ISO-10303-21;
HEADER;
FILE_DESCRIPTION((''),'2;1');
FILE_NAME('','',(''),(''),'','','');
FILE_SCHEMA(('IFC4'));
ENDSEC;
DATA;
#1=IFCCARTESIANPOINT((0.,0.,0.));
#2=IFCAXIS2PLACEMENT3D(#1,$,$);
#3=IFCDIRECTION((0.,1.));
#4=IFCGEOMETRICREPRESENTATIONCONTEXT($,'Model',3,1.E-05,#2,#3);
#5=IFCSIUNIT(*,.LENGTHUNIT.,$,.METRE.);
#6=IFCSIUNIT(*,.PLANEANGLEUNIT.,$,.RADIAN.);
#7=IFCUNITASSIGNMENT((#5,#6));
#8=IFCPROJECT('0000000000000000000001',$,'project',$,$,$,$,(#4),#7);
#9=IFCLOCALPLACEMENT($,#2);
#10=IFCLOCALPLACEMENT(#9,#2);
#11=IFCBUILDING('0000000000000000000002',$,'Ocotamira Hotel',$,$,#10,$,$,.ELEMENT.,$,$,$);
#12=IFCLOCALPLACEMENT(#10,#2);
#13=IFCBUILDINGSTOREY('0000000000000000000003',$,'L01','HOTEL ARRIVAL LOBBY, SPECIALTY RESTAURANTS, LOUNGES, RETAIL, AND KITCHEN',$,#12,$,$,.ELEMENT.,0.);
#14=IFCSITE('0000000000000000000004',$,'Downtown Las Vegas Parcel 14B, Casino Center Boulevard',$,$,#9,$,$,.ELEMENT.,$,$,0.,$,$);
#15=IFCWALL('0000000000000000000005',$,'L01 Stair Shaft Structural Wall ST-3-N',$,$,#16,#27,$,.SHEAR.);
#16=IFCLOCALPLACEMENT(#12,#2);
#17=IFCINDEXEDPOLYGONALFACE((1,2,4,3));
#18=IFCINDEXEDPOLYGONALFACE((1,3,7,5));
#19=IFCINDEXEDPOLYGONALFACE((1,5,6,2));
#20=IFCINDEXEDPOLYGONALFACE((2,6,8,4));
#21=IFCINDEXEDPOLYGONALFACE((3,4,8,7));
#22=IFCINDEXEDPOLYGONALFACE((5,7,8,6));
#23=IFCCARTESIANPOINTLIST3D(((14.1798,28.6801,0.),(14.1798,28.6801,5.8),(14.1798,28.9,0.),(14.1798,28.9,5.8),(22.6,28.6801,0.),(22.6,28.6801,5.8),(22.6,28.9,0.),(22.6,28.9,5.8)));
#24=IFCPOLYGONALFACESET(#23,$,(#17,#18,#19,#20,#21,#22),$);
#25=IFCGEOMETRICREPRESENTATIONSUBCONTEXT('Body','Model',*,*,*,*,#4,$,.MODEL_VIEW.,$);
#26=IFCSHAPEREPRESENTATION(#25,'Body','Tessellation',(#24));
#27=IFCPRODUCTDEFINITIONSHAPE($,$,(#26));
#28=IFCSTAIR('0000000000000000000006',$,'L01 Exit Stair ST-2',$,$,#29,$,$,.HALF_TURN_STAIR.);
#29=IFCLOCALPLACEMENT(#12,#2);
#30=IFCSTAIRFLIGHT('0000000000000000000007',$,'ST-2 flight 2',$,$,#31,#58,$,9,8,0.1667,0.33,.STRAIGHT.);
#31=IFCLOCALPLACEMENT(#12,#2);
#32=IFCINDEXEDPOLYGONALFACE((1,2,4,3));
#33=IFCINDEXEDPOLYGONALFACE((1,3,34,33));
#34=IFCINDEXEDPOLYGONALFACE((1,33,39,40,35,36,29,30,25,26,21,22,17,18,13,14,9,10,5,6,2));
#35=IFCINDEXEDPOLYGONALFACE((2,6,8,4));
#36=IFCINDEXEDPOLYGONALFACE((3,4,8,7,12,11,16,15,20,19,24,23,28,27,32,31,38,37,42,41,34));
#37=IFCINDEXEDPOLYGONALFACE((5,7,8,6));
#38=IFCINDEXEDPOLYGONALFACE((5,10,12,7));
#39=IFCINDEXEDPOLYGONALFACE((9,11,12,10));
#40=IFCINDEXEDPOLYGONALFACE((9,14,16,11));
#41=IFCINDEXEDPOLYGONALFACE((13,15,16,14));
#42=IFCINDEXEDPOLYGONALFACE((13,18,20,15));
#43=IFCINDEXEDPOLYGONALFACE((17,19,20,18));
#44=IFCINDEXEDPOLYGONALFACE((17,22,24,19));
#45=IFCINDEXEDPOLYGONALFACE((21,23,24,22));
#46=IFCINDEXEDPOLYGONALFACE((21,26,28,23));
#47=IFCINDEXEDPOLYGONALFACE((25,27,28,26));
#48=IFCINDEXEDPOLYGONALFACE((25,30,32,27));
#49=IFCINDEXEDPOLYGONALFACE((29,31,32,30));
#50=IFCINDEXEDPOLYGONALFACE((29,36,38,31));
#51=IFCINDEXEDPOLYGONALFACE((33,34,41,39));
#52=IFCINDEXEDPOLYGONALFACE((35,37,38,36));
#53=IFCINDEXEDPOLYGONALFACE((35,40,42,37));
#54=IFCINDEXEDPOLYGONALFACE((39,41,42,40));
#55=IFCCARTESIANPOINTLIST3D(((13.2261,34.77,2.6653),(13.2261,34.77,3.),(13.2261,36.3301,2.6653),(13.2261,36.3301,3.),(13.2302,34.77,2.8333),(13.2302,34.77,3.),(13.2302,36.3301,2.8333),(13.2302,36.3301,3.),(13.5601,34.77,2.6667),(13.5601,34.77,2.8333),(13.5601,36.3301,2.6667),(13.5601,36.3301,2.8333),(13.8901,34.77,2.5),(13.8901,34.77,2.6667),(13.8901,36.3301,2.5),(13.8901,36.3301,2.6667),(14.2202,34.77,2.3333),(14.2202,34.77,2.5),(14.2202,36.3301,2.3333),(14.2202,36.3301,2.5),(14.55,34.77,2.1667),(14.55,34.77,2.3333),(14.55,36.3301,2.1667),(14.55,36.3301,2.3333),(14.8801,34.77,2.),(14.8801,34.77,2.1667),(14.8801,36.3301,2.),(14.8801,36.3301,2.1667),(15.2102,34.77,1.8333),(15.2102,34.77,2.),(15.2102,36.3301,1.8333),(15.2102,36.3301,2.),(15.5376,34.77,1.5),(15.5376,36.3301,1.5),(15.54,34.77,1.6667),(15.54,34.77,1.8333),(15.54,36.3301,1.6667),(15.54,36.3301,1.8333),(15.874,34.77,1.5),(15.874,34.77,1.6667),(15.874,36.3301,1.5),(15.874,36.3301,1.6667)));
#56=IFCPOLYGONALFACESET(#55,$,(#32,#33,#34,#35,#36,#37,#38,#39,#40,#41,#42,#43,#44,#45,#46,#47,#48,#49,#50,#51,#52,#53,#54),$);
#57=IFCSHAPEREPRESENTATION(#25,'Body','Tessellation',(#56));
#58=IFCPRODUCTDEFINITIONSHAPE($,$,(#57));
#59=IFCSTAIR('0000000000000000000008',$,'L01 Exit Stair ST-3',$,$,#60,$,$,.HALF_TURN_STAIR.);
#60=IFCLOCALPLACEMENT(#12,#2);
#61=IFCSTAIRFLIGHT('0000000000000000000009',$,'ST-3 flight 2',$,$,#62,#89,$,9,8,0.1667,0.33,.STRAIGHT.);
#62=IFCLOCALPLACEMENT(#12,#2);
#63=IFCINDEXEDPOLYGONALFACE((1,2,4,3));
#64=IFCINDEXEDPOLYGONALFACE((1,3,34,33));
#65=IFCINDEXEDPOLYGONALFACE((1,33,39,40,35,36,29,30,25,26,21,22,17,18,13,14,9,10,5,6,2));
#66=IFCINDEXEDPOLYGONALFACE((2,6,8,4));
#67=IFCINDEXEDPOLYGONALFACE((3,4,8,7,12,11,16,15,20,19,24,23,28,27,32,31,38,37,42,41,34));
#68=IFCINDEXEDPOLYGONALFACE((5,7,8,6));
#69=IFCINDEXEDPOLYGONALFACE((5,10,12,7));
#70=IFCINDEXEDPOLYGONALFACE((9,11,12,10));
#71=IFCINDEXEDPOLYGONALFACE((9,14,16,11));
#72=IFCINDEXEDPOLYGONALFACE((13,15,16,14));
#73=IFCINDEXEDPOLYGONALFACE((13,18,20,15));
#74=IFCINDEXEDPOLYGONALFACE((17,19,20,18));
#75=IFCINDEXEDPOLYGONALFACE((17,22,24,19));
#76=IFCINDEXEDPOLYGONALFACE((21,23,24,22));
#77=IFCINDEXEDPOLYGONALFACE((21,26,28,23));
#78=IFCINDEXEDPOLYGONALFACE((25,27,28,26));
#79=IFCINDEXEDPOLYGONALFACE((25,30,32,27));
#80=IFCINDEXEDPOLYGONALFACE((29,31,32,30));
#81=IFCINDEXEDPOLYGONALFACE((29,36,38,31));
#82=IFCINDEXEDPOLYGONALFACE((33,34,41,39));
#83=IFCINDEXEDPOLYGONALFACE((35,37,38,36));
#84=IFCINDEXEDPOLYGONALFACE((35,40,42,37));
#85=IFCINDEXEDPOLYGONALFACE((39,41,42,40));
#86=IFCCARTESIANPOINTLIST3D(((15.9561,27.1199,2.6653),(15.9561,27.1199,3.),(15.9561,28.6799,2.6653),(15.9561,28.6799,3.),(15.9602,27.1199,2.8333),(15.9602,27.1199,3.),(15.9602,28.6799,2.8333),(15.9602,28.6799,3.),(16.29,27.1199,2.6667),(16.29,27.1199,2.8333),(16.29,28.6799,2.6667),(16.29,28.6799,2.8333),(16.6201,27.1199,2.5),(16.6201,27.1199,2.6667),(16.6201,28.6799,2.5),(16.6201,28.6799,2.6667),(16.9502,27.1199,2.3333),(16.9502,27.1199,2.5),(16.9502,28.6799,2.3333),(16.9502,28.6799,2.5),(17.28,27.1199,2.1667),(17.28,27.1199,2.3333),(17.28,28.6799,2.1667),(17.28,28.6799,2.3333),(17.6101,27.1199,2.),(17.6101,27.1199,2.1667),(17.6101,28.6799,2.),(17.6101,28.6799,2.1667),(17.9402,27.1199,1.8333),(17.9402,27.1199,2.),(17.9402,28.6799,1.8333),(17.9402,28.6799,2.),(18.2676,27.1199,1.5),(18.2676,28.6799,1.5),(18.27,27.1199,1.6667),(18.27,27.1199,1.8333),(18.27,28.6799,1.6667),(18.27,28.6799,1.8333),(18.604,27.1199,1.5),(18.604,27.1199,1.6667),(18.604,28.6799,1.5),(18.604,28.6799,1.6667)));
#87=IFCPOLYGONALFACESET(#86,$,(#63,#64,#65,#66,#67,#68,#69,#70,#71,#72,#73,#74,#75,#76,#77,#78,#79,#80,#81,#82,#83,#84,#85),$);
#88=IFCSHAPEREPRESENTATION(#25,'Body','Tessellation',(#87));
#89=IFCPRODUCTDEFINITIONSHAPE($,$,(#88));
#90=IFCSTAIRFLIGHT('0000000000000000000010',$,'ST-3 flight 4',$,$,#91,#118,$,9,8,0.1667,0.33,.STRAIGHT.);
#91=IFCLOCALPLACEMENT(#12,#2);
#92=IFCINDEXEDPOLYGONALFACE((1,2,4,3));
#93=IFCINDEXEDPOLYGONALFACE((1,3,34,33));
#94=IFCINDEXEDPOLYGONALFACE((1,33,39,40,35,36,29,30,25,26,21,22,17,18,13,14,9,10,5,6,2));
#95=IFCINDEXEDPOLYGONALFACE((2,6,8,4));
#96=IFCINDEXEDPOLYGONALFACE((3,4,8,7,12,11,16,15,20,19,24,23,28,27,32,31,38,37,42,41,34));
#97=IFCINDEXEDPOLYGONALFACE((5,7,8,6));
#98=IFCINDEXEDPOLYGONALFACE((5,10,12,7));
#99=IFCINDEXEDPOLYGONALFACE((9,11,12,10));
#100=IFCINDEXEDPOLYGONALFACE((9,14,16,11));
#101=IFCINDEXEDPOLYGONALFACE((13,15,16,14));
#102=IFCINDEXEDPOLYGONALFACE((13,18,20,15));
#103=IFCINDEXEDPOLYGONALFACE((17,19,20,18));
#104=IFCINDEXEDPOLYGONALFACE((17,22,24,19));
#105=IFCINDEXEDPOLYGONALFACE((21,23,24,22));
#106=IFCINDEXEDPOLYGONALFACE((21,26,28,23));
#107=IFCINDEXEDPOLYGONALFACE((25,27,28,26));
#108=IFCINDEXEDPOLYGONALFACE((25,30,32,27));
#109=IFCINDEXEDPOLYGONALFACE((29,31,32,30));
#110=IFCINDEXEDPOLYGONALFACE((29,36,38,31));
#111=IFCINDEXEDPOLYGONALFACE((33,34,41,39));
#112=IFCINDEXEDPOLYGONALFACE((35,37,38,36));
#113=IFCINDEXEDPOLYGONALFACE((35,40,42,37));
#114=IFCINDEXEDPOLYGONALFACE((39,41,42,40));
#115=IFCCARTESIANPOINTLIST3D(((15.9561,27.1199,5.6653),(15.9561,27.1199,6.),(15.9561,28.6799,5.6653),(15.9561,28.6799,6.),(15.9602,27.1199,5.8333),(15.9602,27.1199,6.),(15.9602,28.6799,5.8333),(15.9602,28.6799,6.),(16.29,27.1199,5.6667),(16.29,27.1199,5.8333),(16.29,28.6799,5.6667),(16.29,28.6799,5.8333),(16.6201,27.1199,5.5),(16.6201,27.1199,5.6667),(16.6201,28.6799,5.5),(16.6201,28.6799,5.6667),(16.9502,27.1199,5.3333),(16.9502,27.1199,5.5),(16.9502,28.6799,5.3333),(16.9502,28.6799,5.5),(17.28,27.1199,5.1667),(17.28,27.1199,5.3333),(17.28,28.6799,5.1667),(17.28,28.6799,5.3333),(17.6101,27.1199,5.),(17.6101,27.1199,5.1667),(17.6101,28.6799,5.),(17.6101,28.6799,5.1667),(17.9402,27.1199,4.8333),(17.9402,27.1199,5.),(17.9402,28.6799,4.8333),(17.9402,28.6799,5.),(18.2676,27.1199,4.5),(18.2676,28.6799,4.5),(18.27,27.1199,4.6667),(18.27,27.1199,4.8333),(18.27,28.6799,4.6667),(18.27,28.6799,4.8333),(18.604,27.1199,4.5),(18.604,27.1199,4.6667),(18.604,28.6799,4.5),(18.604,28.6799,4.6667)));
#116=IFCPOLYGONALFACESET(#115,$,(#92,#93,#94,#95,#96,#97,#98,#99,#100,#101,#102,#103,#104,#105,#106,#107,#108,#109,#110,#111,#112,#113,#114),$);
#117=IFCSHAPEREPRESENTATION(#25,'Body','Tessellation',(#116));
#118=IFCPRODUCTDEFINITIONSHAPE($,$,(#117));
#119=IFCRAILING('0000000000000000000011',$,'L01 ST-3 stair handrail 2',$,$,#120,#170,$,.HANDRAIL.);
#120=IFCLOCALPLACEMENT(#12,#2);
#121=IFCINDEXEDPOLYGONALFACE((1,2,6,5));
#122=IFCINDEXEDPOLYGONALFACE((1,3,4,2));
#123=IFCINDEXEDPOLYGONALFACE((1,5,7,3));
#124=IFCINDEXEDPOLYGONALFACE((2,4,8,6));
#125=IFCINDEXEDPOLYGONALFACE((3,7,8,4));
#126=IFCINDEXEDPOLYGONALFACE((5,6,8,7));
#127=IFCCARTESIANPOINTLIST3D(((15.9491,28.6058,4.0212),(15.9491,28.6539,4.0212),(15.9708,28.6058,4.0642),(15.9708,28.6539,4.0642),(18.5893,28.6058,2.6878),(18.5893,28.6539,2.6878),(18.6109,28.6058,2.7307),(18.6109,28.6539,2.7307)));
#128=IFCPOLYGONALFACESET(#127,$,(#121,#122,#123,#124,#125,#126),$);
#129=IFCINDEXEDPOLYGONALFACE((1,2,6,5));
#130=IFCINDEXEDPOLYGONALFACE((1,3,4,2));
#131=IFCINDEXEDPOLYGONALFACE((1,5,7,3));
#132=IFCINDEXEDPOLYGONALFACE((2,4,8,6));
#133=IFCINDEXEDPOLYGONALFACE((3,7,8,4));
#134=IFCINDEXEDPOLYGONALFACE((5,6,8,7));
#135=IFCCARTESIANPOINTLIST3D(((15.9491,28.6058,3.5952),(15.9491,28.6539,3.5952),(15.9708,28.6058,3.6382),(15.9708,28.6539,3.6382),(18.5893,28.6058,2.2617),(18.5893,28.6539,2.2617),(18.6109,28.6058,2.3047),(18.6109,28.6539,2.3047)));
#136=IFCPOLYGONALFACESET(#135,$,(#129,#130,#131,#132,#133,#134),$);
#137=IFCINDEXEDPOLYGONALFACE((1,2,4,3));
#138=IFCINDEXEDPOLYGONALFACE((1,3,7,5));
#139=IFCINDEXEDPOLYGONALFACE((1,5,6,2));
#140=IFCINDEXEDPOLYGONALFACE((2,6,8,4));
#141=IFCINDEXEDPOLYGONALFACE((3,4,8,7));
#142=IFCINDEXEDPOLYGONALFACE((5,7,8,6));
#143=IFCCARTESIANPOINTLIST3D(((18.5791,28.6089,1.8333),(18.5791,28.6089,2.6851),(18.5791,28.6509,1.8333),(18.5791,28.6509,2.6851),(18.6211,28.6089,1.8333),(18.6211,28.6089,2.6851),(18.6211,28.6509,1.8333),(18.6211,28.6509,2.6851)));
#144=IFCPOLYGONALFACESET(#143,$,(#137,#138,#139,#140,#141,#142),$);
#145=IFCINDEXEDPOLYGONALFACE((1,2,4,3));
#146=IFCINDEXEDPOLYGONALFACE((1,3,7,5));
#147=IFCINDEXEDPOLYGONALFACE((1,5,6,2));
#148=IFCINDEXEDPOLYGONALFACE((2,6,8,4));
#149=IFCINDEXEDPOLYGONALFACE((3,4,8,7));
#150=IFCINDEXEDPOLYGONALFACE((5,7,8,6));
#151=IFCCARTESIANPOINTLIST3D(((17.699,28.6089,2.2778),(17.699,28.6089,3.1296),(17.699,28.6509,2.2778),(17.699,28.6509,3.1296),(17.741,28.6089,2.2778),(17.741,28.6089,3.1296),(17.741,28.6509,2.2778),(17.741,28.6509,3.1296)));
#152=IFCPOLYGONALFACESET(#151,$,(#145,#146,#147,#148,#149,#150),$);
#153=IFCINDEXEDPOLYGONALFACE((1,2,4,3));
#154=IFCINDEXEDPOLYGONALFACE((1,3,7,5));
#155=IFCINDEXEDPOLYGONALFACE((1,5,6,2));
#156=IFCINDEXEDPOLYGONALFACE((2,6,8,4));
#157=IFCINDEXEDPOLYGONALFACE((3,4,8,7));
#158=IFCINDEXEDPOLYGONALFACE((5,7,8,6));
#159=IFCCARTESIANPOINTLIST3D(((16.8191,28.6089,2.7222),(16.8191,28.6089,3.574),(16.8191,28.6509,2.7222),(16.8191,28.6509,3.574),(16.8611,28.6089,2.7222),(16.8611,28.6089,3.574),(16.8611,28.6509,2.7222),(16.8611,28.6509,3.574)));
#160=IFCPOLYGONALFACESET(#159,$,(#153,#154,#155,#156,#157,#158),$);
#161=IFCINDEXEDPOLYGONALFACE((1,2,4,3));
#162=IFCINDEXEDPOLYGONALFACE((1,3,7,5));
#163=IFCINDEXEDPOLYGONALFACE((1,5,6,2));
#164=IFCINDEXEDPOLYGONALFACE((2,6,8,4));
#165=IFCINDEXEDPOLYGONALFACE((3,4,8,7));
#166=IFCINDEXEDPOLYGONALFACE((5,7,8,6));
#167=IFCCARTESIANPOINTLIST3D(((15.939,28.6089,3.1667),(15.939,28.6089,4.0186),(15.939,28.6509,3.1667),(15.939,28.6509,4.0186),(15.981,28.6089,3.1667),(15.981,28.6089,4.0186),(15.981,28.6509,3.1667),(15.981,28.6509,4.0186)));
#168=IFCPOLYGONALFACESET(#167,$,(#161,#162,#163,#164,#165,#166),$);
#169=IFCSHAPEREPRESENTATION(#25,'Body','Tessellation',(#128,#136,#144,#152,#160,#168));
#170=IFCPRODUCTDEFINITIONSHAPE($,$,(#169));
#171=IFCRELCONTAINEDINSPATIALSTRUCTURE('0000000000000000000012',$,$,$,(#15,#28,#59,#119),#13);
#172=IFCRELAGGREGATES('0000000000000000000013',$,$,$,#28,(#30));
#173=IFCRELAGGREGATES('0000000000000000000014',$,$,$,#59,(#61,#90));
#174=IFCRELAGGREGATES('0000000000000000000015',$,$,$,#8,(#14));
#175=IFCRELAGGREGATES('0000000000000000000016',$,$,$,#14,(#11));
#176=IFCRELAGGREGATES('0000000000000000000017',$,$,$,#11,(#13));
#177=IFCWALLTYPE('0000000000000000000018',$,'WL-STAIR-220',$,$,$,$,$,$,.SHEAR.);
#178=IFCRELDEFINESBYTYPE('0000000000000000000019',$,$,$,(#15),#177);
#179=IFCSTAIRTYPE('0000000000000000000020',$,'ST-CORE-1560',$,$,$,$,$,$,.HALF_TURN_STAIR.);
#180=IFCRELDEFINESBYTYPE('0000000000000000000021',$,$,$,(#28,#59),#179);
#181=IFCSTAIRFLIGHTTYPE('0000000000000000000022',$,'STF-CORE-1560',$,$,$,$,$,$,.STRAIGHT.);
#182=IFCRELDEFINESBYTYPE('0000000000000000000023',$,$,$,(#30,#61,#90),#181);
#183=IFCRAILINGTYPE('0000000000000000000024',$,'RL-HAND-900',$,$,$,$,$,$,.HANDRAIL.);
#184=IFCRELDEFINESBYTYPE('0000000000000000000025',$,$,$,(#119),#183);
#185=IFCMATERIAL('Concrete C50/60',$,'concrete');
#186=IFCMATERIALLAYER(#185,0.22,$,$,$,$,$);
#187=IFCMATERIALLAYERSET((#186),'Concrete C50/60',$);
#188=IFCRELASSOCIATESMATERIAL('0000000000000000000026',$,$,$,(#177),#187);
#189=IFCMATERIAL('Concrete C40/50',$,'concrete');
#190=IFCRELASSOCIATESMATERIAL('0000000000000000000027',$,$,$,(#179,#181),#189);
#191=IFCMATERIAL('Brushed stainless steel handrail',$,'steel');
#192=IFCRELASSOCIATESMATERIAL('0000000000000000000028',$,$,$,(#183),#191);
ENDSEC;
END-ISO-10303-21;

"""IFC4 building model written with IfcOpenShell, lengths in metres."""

from ifc_helpers import new_model, si_unit, direction, frame, frame_2d, origin, origin_2d, place, context, subcontext, project, spatial, polyline, rectangle, outline, extrude, source, transform, mapped, material, layer, layer_set, type_object, element, aggregate, save


model = new_model("IFC4")

# Units and contexts
model_context = context("Model", 3, precision=1e-05, world=origin(), true_north=direction((0.0, 1.0)))
body_context = subcontext(model_context, "Body", "Model", "MODEL_VIEW")
ifc_project = project(units=[si_unit("LENGTHUNIT", "METRE"), si_unit("PLANEANGLEUNIT", "RADIAN")], contexts=[model_context])

# Site, building, storey
site_placement = place(None, origin())
site = spatial("IfcSite", under=ifc_project, at=site_placement, Name="Downtown Las Vegas Parcel 14B, Casino Center Boulevard", CompositionType="ELEMENT", RefElevation=0.0)
building_placement = place(site_placement, origin())
building = spatial("IfcBuilding", under=site, at=building_placement, Name="Ocotamira Hotel", CompositionType="ELEMENT")
storey_placement = place(building_placement, origin())
storey = spatial("IfcBuildingStorey", under=building, at=storey_placement, Name="L01", Description="HOTEL ARRIVAL LOBBY, SPECIALTY RESTAURANTS, LOUNGES, RETAIL, AND KITCHEN", CompositionType="ELEMENT", Elevation=0.0)

# Wall
ifc_material_1 = material(Name="Concrete C50/60", Category="concrete")
ifc_layer_1 = layer(ifc_material_1, 0.22)
ifc_layer_set_1 = layer_set([ifc_layer_1], Name="Concrete C50/60")
wall_type_1 = type_object("IfcWallType", Name="WL-STAIR-220", PredefinedType="SHEAR", material=ifc_layer_set_1)
wall_1_placement = place(storey_placement, frame((14.1799, 28.79, 0.0), z_axis=(0.0, 0.0, 1.0), x_axis=(1.0, 0.0, 0.0)))
element("IfcWall", 1, at=wall_1_placement, inside=storey, type_object=wall_type_1, Name="L01 Stair Shaft Structural Wall ST-3-N", PredefinedType="SHEAR", context=body_context, shape_type="SweptSolid", body=[
    extrude(rectangle(XDim=8.4202, YDim=0.22, at=frame_2d((4.21, 0.0))), origin(), (0.0, 0.0, 1.0), 5.8),
])

# Stair, stair flight
ifc_material_2 = material(Name="Concrete C40/50", Category="concrete")
stair_type = type_object("IfcStairType", Name="ST-CORE-1560", PredefinedType="HALF_TURN_STAIR", material=ifc_material_2)
stair_1_placement = place(storey_placement, origin())
stair_1 = element("IfcStair", 2, at=stair_1_placement, inside=storey, type_object=stair_type, Name="L01 Exit Stair ST-2", PredefinedType="HALF_TURN_STAIR")
stair_flight_type = type_object("IfcStairFlightType", Name="STF-CORE-1560", PredefinedType="STRAIGHT", material=ifc_material_2)
shared_shape_1 = source(origin(), body_context, "Body", "SweptSolid", [
    extrude(outline(polyline([(-0.0039, 0.0), (-0.0039, 0.1667), (0.3301, 0.1667), (0.3301, 0.3333), (0.6599, 0.3333), (0.6599, 0.5), (0.99, 0.5), (0.99, 0.6667), (1.3201, 0.6667), (1.3201, 0.8333), (1.6499, 0.8333), (1.6499, 1.0), (1.98, 1.0), (1.98, 1.1667), (2.3101, 1.1667), (2.3101, 1.3333), (2.6399, 1.3333), (2.6399, 1.5), (2.644, 1.5), (2.644, 1.1653), (0.3325, 0.0), (-0.0039, 0.0)])), frame((0.0, 0.78, 0.0), z_axis=(0.0, -1.0, 0.0), x_axis=(1.0, 0.0, 0.0)), (0.0, 0.0, 1.0), 1.5601),
])
stair_flight_1_placement = place(storey_placement, frame((15.8701, 35.55, 1.5), z_axis=(0.0, 0.0, 1.0), x_axis=(-1.0, 0.0, 0.0)))
stair_flight_1 = element("IfcStairFlight", 3, at=stair_flight_1_placement, type_object=stair_flight_type, Name="ST-2 flight 2", NumberOfRisers=9, NumberOfTreads=8, PredefinedType="STRAIGHT", RiserHeight=0.1667, TreadLength=0.33, context=body_context, shape_type="MappedRepresentation", body=[
    mapped(shared_shape_1, transform((0.0, 0.0, 0.0), scale=1.0)),
])
aggregate(stair_1, [stair_flight_1])

# Stair, stair flights
stair_2_placement = place(storey_placement, origin())
stair_2 = element("IfcStair", 4, at=stair_2_placement, inside=storey, type_object=stair_type, Name="L01 Exit Stair ST-3", PredefinedType="HALF_TURN_STAIR")
stair_flight_2_placement = place(storey_placement, frame((18.6001, 27.8999, 1.5), z_axis=(0.0, 0.0, 1.0), x_axis=(-1.0, 0.0, 0.0)))
stair_flight_2 = element("IfcStairFlight", 5, at=stair_flight_2_placement, type_object=stair_flight_type, Name="ST-3 flight 2", NumberOfRisers=9, NumberOfTreads=8, PredefinedType="STRAIGHT", RiserHeight=0.1667, TreadLength=0.33, context=body_context, shape_type="MappedRepresentation", body=[
    mapped(shared_shape_1, transform((0.0, 0.0, 0.0), scale=1.0)),
])
stair_flight_3_placement = place(storey_placement, frame((18.6001, 27.8999, 4.5), z_axis=(0.0, 0.0, 1.0), x_axis=(-1.0, 0.0, 0.0)))
stair_flight_3 = element("IfcStairFlight", 6, at=stair_flight_3_placement, type_object=stair_flight_type, Name="ST-3 flight 4", NumberOfRisers=9, NumberOfTreads=8, PredefinedType="STRAIGHT", RiserHeight=0.1667, TreadLength=0.33, context=body_context, shape_type="MappedRepresentation", body=[
    mapped(shared_shape_1, transform((0.0, 0.0, 0.0), scale=1.0)),
])
aggregate(stair_2, [stair_flight_2, stair_flight_3])

# Railing
ifc_material_3 = material(Name="Brushed stainless steel handrail", Category="steel")
railing_type_1 = type_object("IfcRailingType", Name="RL-HAND-900", PredefinedType="HANDRAIL", material=ifc_material_3)
for number, where, name in (
    (7, (18.6001, 28.6299, 1.8333), "L01 ST-3 stair handrail 2"),
):
    element("IfcRailing", number, at=place(storey_placement, frame(where)), inside=storey, type_object=railing_type_1, Name=name, PredefinedType="HANDRAIL", context=body_context, shape_type="SweptSolid", body=[
        extrude(rectangle(XDim=0.0481, YDim=0.0481, at=origin_2d()), frame((0.0, 0.0, 0.876), z_axis=(-0.892604, 0.0, 0.450842), x_axis=(0.0, -1.0, 0.0)), (0.0, 0.0, 1.0), 2.9578),
        extrude(rectangle(XDim=0.0481, YDim=0.0481, at=origin_2d()), frame((0.0, 0.0, 0.45), z_axis=(-0.892604, 0.0, 0.450842), x_axis=(0.0, -1.0, 0.0)), (0.0, 0.0, 1.0), 2.9578),
        extrude(rectangle(XDim=0.042, YDim=0.042, at=origin_2d()), origin(), (0.0, 0.0, 1.0), 0.8518),
        extrude(rectangle(XDim=0.042, YDim=0.042, at=origin_2d()), frame((-0.8801, 0.0, 0.4446)), (0.0, 0.0, 1.0), 0.8518),
        extrude(rectangle(XDim=0.042, YDim=0.042, at=origin_2d()), frame((-1.76, 0.0, 0.8889)), (0.0, 0.0, 1.0), 0.8518),
        extrude(rectangle(XDim=0.042, YDim=0.042, at=origin_2d()), frame((-2.6401, 0.0, 1.3335)), (0.0, 0.0, 1.0), 0.8518),
    ])

save(model, "model.ifc")
